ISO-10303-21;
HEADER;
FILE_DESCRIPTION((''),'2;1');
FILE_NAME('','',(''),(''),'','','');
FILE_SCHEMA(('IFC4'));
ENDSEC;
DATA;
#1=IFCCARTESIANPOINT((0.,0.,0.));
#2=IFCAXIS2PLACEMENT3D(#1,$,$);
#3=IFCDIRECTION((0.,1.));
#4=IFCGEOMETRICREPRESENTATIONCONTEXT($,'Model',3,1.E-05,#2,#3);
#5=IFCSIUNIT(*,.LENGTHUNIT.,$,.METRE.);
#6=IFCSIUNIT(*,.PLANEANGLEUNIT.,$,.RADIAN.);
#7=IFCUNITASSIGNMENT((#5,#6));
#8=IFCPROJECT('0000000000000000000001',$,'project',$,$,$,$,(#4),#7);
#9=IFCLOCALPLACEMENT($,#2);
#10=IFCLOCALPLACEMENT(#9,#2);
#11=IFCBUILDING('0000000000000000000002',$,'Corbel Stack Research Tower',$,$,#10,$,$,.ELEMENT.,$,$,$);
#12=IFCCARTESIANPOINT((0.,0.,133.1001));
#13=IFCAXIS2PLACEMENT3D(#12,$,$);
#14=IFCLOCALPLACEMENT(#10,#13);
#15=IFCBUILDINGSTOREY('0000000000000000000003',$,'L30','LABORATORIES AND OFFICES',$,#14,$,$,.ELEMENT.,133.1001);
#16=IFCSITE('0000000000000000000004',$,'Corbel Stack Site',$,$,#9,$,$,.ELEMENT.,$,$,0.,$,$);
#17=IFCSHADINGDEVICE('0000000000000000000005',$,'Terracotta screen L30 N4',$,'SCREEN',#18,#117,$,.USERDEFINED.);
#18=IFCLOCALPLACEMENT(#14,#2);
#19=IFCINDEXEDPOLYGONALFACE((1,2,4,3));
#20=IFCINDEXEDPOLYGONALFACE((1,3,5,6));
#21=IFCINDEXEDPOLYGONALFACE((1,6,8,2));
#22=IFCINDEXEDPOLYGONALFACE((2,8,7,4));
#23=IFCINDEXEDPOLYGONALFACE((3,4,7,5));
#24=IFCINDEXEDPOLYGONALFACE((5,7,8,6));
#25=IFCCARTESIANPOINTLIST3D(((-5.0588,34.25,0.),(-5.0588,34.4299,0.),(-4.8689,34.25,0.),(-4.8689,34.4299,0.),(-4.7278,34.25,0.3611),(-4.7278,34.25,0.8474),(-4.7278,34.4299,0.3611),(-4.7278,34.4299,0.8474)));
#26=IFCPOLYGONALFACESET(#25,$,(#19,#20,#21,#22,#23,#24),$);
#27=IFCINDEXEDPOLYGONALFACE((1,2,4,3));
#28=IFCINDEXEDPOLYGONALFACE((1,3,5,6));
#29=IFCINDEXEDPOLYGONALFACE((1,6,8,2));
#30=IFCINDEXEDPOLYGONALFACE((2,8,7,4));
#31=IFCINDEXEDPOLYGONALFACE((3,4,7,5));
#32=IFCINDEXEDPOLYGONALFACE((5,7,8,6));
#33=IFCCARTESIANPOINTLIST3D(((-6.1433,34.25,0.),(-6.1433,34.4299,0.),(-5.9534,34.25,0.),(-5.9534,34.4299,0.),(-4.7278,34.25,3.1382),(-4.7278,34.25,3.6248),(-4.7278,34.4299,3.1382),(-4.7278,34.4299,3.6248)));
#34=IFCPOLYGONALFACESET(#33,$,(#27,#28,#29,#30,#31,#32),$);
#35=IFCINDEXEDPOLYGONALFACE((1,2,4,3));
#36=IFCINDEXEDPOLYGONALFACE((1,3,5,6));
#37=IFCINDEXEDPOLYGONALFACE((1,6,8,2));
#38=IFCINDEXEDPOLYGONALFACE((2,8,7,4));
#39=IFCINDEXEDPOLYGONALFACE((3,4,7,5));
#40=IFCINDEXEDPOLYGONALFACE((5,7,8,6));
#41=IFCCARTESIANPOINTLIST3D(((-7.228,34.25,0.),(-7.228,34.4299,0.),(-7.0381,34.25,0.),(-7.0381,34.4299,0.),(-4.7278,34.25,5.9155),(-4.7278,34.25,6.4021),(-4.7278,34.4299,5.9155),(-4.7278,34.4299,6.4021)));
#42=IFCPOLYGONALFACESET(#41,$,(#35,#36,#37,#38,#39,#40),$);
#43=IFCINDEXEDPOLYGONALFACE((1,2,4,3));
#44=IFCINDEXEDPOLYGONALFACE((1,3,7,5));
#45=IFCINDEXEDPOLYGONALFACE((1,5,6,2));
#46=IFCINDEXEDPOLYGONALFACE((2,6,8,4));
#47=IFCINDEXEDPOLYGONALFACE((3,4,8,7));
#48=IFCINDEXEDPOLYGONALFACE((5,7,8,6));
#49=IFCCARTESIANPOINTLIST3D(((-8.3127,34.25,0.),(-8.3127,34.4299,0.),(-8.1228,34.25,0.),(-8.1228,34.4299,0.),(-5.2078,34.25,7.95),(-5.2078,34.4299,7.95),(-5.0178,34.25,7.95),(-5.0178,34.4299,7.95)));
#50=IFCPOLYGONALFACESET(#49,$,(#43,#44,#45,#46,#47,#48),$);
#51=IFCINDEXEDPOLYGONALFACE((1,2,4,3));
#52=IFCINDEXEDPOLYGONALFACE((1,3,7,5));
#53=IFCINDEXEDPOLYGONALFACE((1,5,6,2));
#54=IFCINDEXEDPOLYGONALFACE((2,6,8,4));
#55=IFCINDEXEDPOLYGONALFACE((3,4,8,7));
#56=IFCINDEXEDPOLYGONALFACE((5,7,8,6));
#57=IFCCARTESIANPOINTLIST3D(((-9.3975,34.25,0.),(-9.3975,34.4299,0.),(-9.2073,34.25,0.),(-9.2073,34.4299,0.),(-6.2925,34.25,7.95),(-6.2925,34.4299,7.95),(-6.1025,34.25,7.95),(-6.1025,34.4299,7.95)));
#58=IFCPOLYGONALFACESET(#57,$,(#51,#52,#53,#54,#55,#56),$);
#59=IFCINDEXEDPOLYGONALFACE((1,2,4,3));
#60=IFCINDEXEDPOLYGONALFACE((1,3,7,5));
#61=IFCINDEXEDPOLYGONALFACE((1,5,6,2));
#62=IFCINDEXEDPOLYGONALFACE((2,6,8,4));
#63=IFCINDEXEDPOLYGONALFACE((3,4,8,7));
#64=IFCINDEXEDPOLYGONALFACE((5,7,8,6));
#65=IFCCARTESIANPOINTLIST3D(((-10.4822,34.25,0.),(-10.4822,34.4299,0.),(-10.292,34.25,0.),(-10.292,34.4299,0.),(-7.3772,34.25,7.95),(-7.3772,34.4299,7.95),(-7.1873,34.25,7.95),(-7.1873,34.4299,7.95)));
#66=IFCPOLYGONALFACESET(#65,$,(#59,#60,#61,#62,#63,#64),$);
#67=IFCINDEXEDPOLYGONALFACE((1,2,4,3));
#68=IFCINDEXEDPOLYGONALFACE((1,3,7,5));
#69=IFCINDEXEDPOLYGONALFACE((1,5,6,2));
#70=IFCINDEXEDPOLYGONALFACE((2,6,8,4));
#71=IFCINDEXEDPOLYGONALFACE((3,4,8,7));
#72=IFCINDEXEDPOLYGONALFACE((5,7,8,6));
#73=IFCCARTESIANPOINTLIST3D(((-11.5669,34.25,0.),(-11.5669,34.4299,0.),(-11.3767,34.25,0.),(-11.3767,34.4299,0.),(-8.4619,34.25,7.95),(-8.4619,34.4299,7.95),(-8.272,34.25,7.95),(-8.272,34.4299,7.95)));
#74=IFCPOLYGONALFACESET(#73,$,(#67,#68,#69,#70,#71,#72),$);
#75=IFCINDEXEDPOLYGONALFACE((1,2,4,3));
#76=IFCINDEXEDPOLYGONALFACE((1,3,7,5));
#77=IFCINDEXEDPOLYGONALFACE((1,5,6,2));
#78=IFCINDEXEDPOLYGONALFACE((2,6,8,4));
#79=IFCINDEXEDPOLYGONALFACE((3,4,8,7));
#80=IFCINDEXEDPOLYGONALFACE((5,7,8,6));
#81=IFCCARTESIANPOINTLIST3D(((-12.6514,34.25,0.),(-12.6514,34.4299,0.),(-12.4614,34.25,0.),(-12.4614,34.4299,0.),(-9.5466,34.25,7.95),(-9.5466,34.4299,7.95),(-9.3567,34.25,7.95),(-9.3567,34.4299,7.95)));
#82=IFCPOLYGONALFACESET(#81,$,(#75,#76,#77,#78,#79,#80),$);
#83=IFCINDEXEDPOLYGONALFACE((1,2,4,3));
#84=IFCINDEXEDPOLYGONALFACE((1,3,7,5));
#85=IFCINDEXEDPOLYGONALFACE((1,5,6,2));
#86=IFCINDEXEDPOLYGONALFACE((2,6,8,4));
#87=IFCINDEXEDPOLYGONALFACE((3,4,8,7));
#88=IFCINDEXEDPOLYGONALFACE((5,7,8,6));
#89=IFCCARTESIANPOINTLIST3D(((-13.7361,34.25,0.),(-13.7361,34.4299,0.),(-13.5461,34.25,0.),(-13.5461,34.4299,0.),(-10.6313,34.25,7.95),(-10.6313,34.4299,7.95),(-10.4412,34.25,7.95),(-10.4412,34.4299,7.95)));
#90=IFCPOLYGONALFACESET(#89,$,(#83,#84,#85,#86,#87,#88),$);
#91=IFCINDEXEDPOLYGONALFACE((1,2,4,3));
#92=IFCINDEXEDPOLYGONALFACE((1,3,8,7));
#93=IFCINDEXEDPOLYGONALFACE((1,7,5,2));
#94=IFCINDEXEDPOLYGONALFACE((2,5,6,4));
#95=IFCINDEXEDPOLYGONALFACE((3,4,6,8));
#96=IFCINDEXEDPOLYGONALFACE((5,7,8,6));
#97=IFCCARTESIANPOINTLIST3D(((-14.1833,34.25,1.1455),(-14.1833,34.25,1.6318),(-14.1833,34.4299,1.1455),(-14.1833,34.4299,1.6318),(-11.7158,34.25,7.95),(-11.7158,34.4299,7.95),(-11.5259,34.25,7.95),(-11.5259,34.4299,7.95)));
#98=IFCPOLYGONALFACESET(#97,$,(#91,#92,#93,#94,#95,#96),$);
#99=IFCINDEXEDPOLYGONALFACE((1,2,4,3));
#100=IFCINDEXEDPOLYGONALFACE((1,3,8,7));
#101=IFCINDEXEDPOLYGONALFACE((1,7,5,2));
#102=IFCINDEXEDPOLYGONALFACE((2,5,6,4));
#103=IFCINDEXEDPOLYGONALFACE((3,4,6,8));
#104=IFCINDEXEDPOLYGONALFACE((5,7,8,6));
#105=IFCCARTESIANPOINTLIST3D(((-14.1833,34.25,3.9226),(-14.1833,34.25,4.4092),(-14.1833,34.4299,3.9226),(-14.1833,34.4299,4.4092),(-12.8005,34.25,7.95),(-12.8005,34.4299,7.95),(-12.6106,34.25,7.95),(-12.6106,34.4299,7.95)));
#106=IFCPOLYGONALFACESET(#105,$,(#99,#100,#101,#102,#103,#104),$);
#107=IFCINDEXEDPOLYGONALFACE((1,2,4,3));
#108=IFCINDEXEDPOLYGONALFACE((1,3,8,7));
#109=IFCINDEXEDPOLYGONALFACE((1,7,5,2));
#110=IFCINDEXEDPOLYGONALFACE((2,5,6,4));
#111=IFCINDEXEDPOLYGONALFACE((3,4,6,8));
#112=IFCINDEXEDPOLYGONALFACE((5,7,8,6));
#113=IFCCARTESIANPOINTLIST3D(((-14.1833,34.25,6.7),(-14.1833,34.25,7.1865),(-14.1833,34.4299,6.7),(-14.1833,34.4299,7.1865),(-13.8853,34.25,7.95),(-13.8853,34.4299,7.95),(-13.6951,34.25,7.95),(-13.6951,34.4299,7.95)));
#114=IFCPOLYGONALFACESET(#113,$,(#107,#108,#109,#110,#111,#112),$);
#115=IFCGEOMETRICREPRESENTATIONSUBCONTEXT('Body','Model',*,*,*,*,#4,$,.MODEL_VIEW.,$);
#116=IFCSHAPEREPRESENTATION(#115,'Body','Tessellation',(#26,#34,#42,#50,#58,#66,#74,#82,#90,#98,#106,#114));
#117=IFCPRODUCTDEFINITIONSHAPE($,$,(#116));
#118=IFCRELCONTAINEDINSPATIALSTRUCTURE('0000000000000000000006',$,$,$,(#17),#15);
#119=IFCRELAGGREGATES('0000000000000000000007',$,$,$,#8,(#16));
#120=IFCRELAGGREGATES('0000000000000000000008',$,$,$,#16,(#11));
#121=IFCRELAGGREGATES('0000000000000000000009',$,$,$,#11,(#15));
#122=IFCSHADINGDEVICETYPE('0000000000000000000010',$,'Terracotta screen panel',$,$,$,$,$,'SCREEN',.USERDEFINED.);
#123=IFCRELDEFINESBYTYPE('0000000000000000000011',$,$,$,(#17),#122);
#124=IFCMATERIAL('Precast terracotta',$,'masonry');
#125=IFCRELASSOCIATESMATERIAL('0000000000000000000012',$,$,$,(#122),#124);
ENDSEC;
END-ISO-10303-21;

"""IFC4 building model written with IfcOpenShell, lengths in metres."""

from ifc_helpers import new_model, si_unit, direction, frame, origin, place, context, subcontext, project, spatial, polyline, outline, extrude, source, transform, mapped, material, type_object, element, save


model = new_model("IFC4")

# Units and contexts
model_context = context("Model", 3, precision=1e-05, world=origin(), true_north=direction((0.0, 1.0)))
body_context = subcontext(model_context, "Body", "Model", "MODEL_VIEW")
ifc_project = project(units=[si_unit("LENGTHUNIT", "METRE"), si_unit("PLANEANGLEUNIT", "RADIAN")], contexts=[model_context])

# Site, building, storey
site_placement = place(None, origin())
site = spatial("IfcSite", under=ifc_project, at=site_placement, Name="Corbel Stack Site", CompositionType="ELEMENT", RefElevation=0.0)
building_placement = place(site_placement, origin())
building = spatial("IfcBuilding", under=site, at=building_placement, Name="Corbel Stack Research Tower", CompositionType="ELEMENT")
storey_placement = place(building_placement, frame((0.0, 0.0, 133.1001)))
storey = spatial("IfcBuildingStorey", under=building, at=storey_placement, Name="L30", Description="LABORATORIES AND OFFICES", CompositionType="ELEMENT", Elevation=133.1001)

# Shading device
ifc_material_1 = material(Name="Precast terracotta", Category="masonry")
shading_device_type = type_object("IfcShadingDeviceType", Name="Terracotta screen panel", ElementType="SCREEN", PredefinedType="USERDEFINED", material=ifc_material_1)
shared_shape_1 = source(origin(), body_context, "Body", "SweptSolid", [
    extrude(outline(polyline([(0.3311, 0.0), (0.0, 0.8474), (0.0, 0.3611), (0.1411, 0.0), (0.3311, 0.0)])), frame((0.0, 0.0, 0.0), z_axis=(0.0, -1.0, 0.0), x_axis=(1.0, 0.0, 0.0)), (0.0, 0.0, 1.0), 0.1799),
    extrude(outline(polyline([(1.4155, 0.0), (0.0, 3.6248), (0.0, 3.1382), (1.2256, 0.0), (1.4155, 0.0)])), frame((0.0, 0.0, 0.0), z_axis=(0.0, -1.0, 0.0), x_axis=(1.0, 0.0, 0.0)), (0.0, 0.0, 1.0), 0.1799),
    extrude(outline(polyline([(2.5002, 0.0), (0.0, 6.4021), (0.0, 5.9155), (2.3103, 0.0), (2.5002, 0.0)])), frame((0.0, 0.0, 0.0), z_axis=(0.0, -1.0, 0.0), x_axis=(1.0, 0.0, 0.0)), (0.0, 0.0, 1.0), 0.1799),
    extrude(outline(polyline([(3.585, 0.0), (0.48, 7.95), (0.29, 7.95), (3.395, 0.0), (3.585, 0.0)])), frame((0.0, 0.0, 0.0), z_axis=(0.0, -1.0, 0.0), x_axis=(1.0, 0.0, 0.0)), (0.0, 0.0, 1.0), 0.1799),
    extrude(outline(polyline([(4.6697, 0.0), (1.5647, 7.95), (1.3748, 7.95), (4.4795, 0.0), (4.6697, 0.0)])), frame((0.0, 0.0, 0.0), z_axis=(0.0, -1.0, 0.0), x_axis=(1.0, 0.0, 0.0)), (0.0, 0.0, 1.0), 0.1799),
    extrude(outline(polyline([(5.7544, 0.0), (2.6494, 7.95), (2.4595, 7.95), (5.5642, 0.0), (5.7544, 0.0)])), frame((0.0, 0.0, 0.0), z_axis=(0.0, -1.0, 0.0), x_axis=(1.0, 0.0, 0.0)), (0.0, 0.0, 1.0), 0.1799),
    extrude(outline(polyline([(6.8391, 0.0), (3.7341, 7.95), (3.5442, 7.95), (6.6489, 0.0), (6.8391, 0.0)])), frame((0.0, 0.0, 0.0), z_axis=(0.0, -1.0, 0.0), x_axis=(1.0, 0.0, 0.0)), (0.0, 0.0, 1.0), 0.1799),
    extrude(outline(polyline([(7.9236, 0.0), (4.8188, 7.95), (4.6289, 7.95), (7.7336, 0.0), (7.9236, 0.0)])), frame((0.0, 0.0, 0.0), z_axis=(0.0, -1.0, 0.0), x_axis=(1.0, 0.0, 0.0)), (0.0, 0.0, 1.0), 0.1799),
    extrude(outline(polyline([(9.0083, 0.0), (5.9036, 7.95), (5.7134, 7.95), (8.8184, 0.0), (9.0083, 0.0)])), frame((0.0, 0.0, 0.0), z_axis=(0.0, -1.0, 0.0), x_axis=(1.0, 0.0, 0.0)), (0.0, 0.0, 1.0), 0.1799),
    extrude(outline(polyline([(6.988, 7.95), (6.7981, 7.95), (9.4556, 1.1455), (9.4556, 1.6318), (6.988, 7.95)])), frame((0.0, 0.0, 0.0), z_axis=(0.0, -1.0, 0.0), x_axis=(1.0, 0.0, 0.0)), (0.0, 0.0, 1.0), 0.1799),
    extrude(outline(polyline([(8.0728, 7.95), (7.8828, 7.95), (9.4556, 3.9226), (9.4556, 4.4092), (8.0728, 7.95)])), frame((0.0, 0.0, 0.0), z_axis=(0.0, -1.0, 0.0), x_axis=(1.0, 0.0, 0.0)), (0.0, 0.0, 1.0), 0.1799),
    extrude(outline(polyline([(9.1575, 7.95), (8.9673, 7.95), (9.4556, 6.7), (9.4556, 7.1865), (9.1575, 7.95)])), frame((0.0, 0.0, 0.0), z_axis=(0.0, -1.0, 0.0), x_axis=(1.0, 0.0, 0.0)), (0.0, 0.0, 1.0), 0.1799),
])
shading_device_1_placement = place(storey_placement, frame((-4.7278, 34.25, 0.0), z_axis=(0.0, 0.0, 1.0), x_axis=(-1.0, 0.0, 0.0)))
element("IfcShadingDevice", 1, at=shading_device_1_placement, inside=storey, type_object=shading_device_type, Name="Terracotta screen L30 N4", ObjectType="SCREEN", PredefinedType="USERDEFINED", context=body_context, shape_type="MappedRepresentation", body=[
    mapped(shared_shape_1, transform((0.0, 0.0, 0.0))),
])

save(model, "model.ifc")
